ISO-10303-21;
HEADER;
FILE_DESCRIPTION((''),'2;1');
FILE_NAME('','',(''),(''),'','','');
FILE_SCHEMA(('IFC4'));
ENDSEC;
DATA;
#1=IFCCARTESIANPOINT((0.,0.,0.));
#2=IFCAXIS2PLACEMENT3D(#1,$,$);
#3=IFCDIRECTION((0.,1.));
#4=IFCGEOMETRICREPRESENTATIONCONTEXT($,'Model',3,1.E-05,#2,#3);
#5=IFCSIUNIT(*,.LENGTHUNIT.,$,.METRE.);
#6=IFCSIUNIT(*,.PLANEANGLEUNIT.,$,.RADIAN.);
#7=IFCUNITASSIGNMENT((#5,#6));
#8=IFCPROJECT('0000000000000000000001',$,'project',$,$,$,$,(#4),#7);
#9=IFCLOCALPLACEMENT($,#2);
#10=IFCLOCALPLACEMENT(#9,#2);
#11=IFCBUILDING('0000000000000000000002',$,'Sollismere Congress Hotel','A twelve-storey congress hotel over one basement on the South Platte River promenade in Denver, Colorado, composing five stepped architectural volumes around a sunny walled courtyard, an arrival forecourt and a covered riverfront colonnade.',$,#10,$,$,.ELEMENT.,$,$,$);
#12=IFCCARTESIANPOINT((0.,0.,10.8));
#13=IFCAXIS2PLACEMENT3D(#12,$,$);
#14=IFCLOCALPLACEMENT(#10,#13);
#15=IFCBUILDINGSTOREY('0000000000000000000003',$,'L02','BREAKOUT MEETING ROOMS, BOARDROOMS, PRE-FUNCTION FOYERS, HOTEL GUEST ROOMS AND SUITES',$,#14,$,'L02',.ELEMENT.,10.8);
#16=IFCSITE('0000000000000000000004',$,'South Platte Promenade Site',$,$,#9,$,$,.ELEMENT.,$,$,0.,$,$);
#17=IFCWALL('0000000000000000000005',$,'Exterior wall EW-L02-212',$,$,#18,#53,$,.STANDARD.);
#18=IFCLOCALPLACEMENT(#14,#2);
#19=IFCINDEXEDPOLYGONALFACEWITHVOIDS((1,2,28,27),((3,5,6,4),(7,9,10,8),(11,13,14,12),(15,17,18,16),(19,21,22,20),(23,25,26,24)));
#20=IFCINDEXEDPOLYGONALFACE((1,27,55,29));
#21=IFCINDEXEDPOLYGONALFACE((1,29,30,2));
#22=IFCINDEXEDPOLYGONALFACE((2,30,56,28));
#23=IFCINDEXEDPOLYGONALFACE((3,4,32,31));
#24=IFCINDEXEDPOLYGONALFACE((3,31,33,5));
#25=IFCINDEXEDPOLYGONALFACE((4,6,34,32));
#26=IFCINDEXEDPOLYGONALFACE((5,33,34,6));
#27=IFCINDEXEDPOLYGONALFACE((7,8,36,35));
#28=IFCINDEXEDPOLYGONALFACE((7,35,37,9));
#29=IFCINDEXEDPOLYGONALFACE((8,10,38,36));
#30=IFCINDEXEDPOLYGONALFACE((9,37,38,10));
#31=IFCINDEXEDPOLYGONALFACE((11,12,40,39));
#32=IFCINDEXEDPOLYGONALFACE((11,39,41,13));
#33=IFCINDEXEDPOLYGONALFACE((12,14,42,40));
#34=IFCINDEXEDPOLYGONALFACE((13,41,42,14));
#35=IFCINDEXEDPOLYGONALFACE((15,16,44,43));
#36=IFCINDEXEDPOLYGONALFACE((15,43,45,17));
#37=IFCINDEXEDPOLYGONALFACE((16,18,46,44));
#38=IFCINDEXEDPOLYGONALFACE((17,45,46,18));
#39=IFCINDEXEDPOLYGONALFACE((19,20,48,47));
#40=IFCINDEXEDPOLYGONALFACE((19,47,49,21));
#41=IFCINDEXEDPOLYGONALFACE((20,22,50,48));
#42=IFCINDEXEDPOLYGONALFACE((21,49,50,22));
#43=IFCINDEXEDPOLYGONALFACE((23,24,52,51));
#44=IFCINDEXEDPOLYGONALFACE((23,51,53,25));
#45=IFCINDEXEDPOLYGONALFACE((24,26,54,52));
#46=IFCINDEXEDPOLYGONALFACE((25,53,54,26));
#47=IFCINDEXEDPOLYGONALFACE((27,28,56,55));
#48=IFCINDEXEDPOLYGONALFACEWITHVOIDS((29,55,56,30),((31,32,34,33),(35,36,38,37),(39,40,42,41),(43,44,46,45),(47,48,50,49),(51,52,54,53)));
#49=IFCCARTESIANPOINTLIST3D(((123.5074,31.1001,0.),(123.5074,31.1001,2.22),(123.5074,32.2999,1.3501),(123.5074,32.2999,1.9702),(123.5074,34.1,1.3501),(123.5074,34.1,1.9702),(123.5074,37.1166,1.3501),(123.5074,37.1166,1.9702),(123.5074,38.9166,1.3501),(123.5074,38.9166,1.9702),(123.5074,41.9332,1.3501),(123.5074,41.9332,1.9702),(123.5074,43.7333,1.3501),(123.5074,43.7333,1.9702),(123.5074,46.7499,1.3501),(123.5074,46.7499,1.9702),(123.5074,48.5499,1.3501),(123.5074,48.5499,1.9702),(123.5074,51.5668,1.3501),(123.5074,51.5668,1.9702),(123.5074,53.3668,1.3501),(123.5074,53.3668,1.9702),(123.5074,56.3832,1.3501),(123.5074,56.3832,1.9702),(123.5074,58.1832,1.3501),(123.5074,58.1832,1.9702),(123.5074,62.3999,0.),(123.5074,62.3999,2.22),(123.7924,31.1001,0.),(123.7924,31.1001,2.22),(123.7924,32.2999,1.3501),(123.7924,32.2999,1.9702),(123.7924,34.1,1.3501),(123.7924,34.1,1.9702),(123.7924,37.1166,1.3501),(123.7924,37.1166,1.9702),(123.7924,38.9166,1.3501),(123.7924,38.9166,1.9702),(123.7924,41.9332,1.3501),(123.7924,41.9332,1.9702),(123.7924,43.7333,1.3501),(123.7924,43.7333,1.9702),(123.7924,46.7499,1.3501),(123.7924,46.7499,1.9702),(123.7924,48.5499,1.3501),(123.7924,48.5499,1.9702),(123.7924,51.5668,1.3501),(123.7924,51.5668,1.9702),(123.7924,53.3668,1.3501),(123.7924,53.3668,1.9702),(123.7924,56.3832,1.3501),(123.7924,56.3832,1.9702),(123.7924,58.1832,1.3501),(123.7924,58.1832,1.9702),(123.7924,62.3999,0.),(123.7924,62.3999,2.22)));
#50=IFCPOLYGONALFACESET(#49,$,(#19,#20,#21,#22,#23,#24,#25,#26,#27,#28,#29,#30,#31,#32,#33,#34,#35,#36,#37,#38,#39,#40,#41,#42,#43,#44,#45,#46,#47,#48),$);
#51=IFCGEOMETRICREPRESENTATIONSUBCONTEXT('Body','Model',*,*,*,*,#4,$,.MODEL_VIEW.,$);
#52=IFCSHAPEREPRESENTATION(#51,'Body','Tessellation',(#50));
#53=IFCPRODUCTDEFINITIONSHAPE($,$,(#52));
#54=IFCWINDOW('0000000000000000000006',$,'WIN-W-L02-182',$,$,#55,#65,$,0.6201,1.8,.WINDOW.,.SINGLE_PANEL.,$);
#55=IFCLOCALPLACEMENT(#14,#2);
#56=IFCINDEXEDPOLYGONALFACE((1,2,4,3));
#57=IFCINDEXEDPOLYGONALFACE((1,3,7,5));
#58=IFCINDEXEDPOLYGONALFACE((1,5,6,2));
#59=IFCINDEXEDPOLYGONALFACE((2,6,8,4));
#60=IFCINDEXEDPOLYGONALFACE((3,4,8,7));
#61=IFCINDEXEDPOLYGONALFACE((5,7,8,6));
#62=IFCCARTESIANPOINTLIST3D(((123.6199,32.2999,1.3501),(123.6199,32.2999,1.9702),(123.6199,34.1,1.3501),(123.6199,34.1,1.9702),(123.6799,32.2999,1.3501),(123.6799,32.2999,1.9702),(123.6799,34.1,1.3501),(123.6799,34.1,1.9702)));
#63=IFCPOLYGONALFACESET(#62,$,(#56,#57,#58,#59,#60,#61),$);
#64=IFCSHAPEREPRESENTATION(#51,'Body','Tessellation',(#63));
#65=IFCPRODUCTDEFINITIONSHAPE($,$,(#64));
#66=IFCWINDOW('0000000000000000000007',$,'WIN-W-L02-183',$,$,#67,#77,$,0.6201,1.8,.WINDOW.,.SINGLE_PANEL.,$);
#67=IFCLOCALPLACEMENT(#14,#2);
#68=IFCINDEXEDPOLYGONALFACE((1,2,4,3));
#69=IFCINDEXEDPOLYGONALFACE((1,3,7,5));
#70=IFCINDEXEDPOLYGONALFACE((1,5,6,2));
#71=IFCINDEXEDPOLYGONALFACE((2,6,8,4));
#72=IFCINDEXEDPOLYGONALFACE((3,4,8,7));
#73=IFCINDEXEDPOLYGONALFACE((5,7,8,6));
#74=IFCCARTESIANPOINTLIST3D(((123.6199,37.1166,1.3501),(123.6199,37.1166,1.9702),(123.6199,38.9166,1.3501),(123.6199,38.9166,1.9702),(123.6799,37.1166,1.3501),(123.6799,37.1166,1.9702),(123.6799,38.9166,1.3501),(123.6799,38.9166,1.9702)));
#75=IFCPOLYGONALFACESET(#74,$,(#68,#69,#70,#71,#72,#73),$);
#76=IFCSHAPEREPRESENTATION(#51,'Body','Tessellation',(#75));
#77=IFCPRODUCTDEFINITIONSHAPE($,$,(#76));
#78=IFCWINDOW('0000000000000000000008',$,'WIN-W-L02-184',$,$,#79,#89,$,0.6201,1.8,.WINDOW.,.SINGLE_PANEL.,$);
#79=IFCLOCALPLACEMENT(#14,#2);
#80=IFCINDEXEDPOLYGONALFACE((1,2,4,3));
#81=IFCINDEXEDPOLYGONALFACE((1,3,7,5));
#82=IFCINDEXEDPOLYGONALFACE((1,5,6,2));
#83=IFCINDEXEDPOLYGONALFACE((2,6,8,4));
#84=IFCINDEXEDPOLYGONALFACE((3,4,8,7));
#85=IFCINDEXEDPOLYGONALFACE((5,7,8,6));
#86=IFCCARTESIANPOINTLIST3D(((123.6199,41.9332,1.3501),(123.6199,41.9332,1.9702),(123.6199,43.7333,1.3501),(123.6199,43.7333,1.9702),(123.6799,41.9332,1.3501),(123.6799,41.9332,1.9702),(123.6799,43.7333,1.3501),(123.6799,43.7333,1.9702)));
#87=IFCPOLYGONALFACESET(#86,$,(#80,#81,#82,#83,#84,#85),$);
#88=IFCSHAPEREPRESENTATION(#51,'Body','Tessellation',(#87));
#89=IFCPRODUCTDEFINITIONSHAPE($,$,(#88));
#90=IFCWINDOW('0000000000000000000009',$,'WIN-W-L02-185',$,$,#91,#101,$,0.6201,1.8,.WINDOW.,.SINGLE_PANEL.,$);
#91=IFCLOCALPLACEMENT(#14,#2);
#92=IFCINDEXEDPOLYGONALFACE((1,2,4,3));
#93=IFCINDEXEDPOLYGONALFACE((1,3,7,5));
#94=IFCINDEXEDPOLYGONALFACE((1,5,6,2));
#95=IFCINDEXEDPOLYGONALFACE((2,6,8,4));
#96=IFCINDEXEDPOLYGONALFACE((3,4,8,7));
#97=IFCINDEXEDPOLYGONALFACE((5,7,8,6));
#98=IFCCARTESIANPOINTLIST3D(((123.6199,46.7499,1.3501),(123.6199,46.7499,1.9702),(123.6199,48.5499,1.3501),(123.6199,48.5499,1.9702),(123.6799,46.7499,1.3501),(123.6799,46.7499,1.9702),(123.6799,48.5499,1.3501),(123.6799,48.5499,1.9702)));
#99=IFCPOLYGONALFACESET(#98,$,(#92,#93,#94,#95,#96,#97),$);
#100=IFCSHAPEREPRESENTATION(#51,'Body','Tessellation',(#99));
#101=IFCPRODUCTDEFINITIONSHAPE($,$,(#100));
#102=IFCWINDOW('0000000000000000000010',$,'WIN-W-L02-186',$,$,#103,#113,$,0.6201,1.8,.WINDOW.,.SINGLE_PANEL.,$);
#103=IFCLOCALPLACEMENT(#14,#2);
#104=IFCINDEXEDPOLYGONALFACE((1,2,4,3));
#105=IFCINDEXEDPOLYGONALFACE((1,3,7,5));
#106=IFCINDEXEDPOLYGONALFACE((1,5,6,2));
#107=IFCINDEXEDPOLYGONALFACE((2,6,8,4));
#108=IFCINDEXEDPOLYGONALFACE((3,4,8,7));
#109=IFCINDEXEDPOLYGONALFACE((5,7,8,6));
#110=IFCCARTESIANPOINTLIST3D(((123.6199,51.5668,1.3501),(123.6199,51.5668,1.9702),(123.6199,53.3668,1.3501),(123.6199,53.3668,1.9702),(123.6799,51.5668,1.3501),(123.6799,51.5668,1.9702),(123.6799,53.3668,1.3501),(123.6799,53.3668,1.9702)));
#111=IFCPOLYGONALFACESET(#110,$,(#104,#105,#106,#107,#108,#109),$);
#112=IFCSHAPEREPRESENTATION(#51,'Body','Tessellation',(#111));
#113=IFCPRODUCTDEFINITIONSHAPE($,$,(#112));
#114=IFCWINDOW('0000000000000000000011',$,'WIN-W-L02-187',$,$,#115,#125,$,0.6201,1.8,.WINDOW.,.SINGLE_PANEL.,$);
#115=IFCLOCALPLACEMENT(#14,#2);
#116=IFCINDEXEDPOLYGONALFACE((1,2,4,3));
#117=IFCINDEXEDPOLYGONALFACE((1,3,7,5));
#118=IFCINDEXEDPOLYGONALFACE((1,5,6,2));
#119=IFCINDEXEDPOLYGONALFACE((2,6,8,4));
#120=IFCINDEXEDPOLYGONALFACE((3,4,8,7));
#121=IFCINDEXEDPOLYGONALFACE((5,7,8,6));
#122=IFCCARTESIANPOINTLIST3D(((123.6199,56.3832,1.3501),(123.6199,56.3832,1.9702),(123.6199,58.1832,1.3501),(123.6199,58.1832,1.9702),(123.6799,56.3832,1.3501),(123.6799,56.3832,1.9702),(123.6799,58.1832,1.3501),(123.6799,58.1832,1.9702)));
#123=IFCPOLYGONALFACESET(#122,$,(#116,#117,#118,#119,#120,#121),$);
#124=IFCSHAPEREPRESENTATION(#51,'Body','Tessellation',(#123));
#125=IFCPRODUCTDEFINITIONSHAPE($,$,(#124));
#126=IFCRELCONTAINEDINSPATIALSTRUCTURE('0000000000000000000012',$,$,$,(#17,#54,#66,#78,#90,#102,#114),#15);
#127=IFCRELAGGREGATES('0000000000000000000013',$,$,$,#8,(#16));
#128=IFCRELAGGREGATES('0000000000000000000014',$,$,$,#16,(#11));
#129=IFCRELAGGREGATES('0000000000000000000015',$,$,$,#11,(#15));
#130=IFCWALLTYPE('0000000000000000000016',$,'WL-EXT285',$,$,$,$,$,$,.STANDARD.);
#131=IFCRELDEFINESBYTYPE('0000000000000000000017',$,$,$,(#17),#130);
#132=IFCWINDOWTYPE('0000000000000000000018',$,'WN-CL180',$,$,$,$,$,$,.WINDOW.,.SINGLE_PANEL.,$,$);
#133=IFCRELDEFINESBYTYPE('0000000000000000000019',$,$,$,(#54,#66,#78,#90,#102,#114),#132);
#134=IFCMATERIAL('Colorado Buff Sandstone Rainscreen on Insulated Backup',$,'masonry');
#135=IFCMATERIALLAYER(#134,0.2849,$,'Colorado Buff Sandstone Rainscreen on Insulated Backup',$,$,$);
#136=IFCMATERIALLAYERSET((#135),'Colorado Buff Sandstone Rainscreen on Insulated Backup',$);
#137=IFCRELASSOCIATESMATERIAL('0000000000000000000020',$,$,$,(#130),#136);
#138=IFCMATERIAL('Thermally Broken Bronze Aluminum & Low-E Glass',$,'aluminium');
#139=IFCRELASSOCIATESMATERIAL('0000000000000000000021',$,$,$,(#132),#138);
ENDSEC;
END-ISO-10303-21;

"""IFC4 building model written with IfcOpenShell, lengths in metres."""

from ifc_helpers import new_model, si_unit, direction, frame, frame_2d, origin, place, context, subcontext, project, spatial, rectangle, extrude, material, layer, layer_set, type_object, element, fill, save


model = new_model("IFC4")

# Units and contexts
model_context = context("Model", 3, precision=1e-05, world=origin(), true_north=direction((0.0, 1.0)))
body_context = subcontext(model_context, "Body", "Model", "MODEL_VIEW")
ifc_project = project(units=[si_unit("LENGTHUNIT", "METRE"), si_unit("PLANEANGLEUNIT", "RADIAN")], contexts=[model_context])

# Site, building, storey
site_placement = place(None, origin())
site = spatial("IfcSite", under=ifc_project, at=site_placement, Name="South Platte Promenade Site", CompositionType="ELEMENT", RefElevation=0.0)
building_placement = place(site_placement, origin())
building = spatial("IfcBuilding", under=site, at=building_placement, Name="Sollismere Congress Hotel", Description="A twelve-storey congress hotel over one basement on the South Platte River promenade in Denver, Colorado, composing five stepped architectural volumes around a sunny walled courtyard, an arrival forecourt and a covered riverfront colonnade.", CompositionType="ELEMENT")
storey_placement = place(building_placement, frame((0.0, 0.0, 10.8)))
storey = spatial("IfcBuildingStorey", under=building, at=storey_placement, Name="L02", Description="BREAKOUT MEETING ROOMS, BOARDROOMS, PRE-FUNCTION FOYERS, HOTEL GUEST ROOMS AND SUITES", LongName="L02", CompositionType="ELEMENT", Elevation=10.8)

# Wall, openings, windows
ifc_material_1 = material(Name="Colorado Buff Sandstone Rainscreen on Insulated Backup", Category="masonry")
ifc_layer_1 = layer(ifc_material_1, 0.2849, Name="Colorado Buff Sandstone Rainscreen on Insulated Backup")
ifc_layer_set_1 = layer_set([ifc_layer_1], Name="Colorado Buff Sandstone Rainscreen on Insulated Backup")
wall_type_1 = type_object("IfcWallType", Name="WL-EXT285", PredefinedType="STANDARD", material=ifc_layer_set_1)
wall_1_placement = place(storey_placement, frame((123.6499, 31.1001, 0.0), z_axis=(0.0, 0.0, 1.0), x_axis=(0.0, 1.0, 0.0)))
wall_1 = element("IfcWall", 1, at=wall_1_placement, inside=storey, type_object=wall_type_1, Name="Exterior wall EW-L02-212", PredefinedType="STANDARD", context=body_context, shape_type="SweptSolid", body=[
    extrude(rectangle(XDim=31.2998, YDim=0.2849, at=frame_2d((15.6499, 0.0))), origin(), (0.0, 0.0, 1.0), 2.22),
])
opening_1_placement = place(wall_1_placement, frame((1.2, 0.0, 1.3501)))
opening_1 = element("IfcOpeningElement", 2, at=opening_1_placement, cuts=wall_1, PredefinedType="OPENING", context=body_context, shape_type="SweptSolid", body=[
    extrude(rectangle(XDim=1.8, YDim=0.6201, at=frame_2d((0.8999, 0.3101))), frame((0.0, 0.1523, 0.0), z_axis=(0.0, -1.0, 0.0), x_axis=(1.0, 0.0, 0.0)), (0.0, 0.0, 1.0), 0.3049),
])
opening_2_placement = place(wall_1_placement, frame((6.0166, 0.0, 1.3501)))
opening_2 = element("IfcOpeningElement", 3, at=opening_2_placement, cuts=wall_1, PredefinedType="OPENING", context=body_context, shape_type="SweptSolid", body=[
    extrude(rectangle(XDim=1.8, YDim=0.6201, at=frame_2d((0.8999, 0.3101))), frame((0.0, 0.1523, 0.0), z_axis=(0.0, -1.0, 0.0), x_axis=(1.0, 0.0, 0.0)), (0.0, 0.0, 1.0), 0.3049),
])
opening_3_placement = place(wall_1_placement, frame((10.8333, 0.0, 1.3501)))
opening_3 = element("IfcOpeningElement", 4, at=opening_3_placement, cuts=wall_1, PredefinedType="OPENING", context=body_context, shape_type="SweptSolid", body=[
    extrude(rectangle(XDim=1.8, YDim=0.6201, at=frame_2d((0.8999, 0.3101))), frame((0.0, 0.1523, 0.0), z_axis=(0.0, -1.0, 0.0), x_axis=(1.0, 0.0, 0.0)), (0.0, 0.0, 1.0), 0.3049),
])
opening_4_placement = place(wall_1_placement, frame((15.6499, 0.0, 1.3501)))
opening_4 = element("IfcOpeningElement", 5, at=opening_4_placement, cuts=wall_1, PredefinedType="OPENING", context=body_context, shape_type="SweptSolid", body=[
    extrude(rectangle(XDim=1.8, YDim=0.6201, at=frame_2d((0.8999, 0.3101))), frame((0.0, 0.1523, 0.0), z_axis=(0.0, -1.0, 0.0), x_axis=(1.0, 0.0, 0.0)), (0.0, 0.0, 1.0), 0.3049),
])
opening_5_placement = place(wall_1_placement, frame((20.4668, 0.0, 1.3501)))
opening_5 = element("IfcOpeningElement", 6, at=opening_5_placement, cuts=wall_1, PredefinedType="OPENING", context=body_context, shape_type="SweptSolid", body=[
    extrude(rectangle(XDim=1.8, YDim=0.6201, at=frame_2d((0.8999, 0.3101))), frame((0.0, 0.1523, 0.0), z_axis=(0.0, -1.0, 0.0), x_axis=(1.0, 0.0, 0.0)), (0.0, 0.0, 1.0), 0.3049),
])
opening_6_placement = place(wall_1_placement, frame((25.2832, 0.0, 1.3501)))
opening_6 = element("IfcOpeningElement", 7, at=opening_6_placement, cuts=wall_1, PredefinedType="OPENING", context=body_context, shape_type="SweptSolid", body=[
    extrude(rectangle(XDim=1.8, YDim=0.6201, at=frame_2d((0.8999, 0.3101))), frame((0.0, 0.1523, 0.0), z_axis=(0.0, -1.0, 0.0), x_axis=(1.0, 0.0, 0.0)), (0.0, 0.0, 1.0), 0.3049),
])
ifc_material_2 = material(Name="Thermally Broken Bronze Aluminum & Low-E Glass", Category="aluminium")
window_type_1 = type_object("IfcWindowType", Name="WN-CL180", PartitioningType="SINGLE_PANEL", PredefinedType="WINDOW", material=ifc_material_2)
window_1_placement = place(opening_1_placement, origin())
window_1 = element("IfcWindow", 8, at=window_1_placement, inside=storey, type_object=window_type_1, Name="WIN-W-L02-182", OverallHeight=0.6201, OverallWidth=1.8, PartitioningType="SINGLE_PANEL", PredefinedType="WINDOW", context=body_context, shape_type="SweptSolid", body=[
    extrude(rectangle(XDim=1.8, YDim=0.6201, at=frame_2d((0.8999, 0.3101))), frame((0.0, 0.03, 0.0), z_axis=(0.0, -1.0, 0.0), x_axis=(1.0, 0.0, 0.0)), (0.0, 0.0, 1.0), 0.0601),
])
fill(opening_1, window_1)
window_2_placement = place(opening_2_placement, origin())
window_2 = element("IfcWindow", 9, at=window_2_placement, inside=storey, type_object=window_type_1, Name="WIN-W-L02-183", OverallHeight=0.6201, OverallWidth=1.8, PartitioningType="SINGLE_PANEL", PredefinedType="WINDOW", context=body_context, shape_type="SweptSolid", body=[
    extrude(rectangle(XDim=1.8, YDim=0.6201, at=frame_2d((0.8999, 0.3101))), frame((0.0, 0.03, 0.0), z_axis=(0.0, -1.0, 0.0), x_axis=(1.0, 0.0, 0.0)), (0.0, 0.0, 1.0), 0.0601),
])
fill(opening_2, window_2)
window_3_placement = place(opening_3_placement, origin())
window_3 = element("IfcWindow", 10, at=window_3_placement, inside=storey, type_object=window_type_1, Name="WIN-W-L02-184", OverallHeight=0.6201, OverallWidth=1.8, PartitioningType="SINGLE_PANEL", PredefinedType="WINDOW", context=body_context, shape_type="SweptSolid", body=[
    extrude(rectangle(XDim=1.8, YDim=0.6201, at=frame_2d((0.8999, 0.3101))), frame((0.0, 0.03, 0.0), z_axis=(0.0, -1.0, 0.0), x_axis=(1.0, 0.0, 0.0)), (0.0, 0.0, 1.0), 0.0601),
])
fill(opening_3, window_3)
window_4_placement = place(opening_4_placement, origin())
window_4 = element("IfcWindow", 11, at=window_4_placement, inside=storey, type_object=window_type_1, Name="WIN-W-L02-185", OverallHeight=0.6201, OverallWidth=1.8, PartitioningType="SINGLE_PANEL", PredefinedType="WINDOW", context=body_context, shape_type="SweptSolid", body=[
    extrude(rectangle(XDim=1.8, YDim=0.6201, at=frame_2d((0.8999, 0.3101))), frame((0.0, 0.03, 0.0), z_axis=(0.0, -1.0, 0.0), x_axis=(1.0, 0.0, 0.0)), (0.0, 0.0, 1.0), 0.0601),
])
fill(opening_4, window_4)
window_5_placement = place(opening_5_placement, origin())
window_5 = element("IfcWindow", 12, at=window_5_placement, inside=storey, type_object=window_type_1, Name="WIN-W-L02-186", OverallHeight=0.6201, OverallWidth=1.8, PartitioningType="SINGLE_PANEL", PredefinedType="WINDOW", context=body_context, shape_type="SweptSolid", body=[
    extrude(rectangle(XDim=1.8, YDim=0.6201, at=frame_2d((0.8999, 0.3101))), frame((0.0, 0.03, 0.0), z_axis=(0.0, -1.0, 0.0), x_axis=(1.0, 0.0, 0.0)), (0.0, 0.0, 1.0), 0.0601),
])
fill(opening_5, window_5)
window_6_placement = place(opening_6_placement, origin())
window_6 = element("IfcWindow", 13, at=window_6_placement, inside=storey, type_object=window_type_1, Name="WIN-W-L02-187", OverallHeight=0.6201, OverallWidth=1.8, PartitioningType="SINGLE_PANEL", PredefinedType="WINDOW", context=body_context, shape_type="SweptSolid", body=[
    extrude(rectangle(XDim=1.8, YDim=0.6201, at=frame_2d((0.8999, 0.3101))), frame((0.0, 0.03, 0.0), z_axis=(0.0, -1.0, 0.0), x_axis=(1.0, 0.0, 0.0)), (0.0, 0.0, 1.0), 0.0601),
])
fill(opening_6, window_6)

save(model, "model.ifc")
